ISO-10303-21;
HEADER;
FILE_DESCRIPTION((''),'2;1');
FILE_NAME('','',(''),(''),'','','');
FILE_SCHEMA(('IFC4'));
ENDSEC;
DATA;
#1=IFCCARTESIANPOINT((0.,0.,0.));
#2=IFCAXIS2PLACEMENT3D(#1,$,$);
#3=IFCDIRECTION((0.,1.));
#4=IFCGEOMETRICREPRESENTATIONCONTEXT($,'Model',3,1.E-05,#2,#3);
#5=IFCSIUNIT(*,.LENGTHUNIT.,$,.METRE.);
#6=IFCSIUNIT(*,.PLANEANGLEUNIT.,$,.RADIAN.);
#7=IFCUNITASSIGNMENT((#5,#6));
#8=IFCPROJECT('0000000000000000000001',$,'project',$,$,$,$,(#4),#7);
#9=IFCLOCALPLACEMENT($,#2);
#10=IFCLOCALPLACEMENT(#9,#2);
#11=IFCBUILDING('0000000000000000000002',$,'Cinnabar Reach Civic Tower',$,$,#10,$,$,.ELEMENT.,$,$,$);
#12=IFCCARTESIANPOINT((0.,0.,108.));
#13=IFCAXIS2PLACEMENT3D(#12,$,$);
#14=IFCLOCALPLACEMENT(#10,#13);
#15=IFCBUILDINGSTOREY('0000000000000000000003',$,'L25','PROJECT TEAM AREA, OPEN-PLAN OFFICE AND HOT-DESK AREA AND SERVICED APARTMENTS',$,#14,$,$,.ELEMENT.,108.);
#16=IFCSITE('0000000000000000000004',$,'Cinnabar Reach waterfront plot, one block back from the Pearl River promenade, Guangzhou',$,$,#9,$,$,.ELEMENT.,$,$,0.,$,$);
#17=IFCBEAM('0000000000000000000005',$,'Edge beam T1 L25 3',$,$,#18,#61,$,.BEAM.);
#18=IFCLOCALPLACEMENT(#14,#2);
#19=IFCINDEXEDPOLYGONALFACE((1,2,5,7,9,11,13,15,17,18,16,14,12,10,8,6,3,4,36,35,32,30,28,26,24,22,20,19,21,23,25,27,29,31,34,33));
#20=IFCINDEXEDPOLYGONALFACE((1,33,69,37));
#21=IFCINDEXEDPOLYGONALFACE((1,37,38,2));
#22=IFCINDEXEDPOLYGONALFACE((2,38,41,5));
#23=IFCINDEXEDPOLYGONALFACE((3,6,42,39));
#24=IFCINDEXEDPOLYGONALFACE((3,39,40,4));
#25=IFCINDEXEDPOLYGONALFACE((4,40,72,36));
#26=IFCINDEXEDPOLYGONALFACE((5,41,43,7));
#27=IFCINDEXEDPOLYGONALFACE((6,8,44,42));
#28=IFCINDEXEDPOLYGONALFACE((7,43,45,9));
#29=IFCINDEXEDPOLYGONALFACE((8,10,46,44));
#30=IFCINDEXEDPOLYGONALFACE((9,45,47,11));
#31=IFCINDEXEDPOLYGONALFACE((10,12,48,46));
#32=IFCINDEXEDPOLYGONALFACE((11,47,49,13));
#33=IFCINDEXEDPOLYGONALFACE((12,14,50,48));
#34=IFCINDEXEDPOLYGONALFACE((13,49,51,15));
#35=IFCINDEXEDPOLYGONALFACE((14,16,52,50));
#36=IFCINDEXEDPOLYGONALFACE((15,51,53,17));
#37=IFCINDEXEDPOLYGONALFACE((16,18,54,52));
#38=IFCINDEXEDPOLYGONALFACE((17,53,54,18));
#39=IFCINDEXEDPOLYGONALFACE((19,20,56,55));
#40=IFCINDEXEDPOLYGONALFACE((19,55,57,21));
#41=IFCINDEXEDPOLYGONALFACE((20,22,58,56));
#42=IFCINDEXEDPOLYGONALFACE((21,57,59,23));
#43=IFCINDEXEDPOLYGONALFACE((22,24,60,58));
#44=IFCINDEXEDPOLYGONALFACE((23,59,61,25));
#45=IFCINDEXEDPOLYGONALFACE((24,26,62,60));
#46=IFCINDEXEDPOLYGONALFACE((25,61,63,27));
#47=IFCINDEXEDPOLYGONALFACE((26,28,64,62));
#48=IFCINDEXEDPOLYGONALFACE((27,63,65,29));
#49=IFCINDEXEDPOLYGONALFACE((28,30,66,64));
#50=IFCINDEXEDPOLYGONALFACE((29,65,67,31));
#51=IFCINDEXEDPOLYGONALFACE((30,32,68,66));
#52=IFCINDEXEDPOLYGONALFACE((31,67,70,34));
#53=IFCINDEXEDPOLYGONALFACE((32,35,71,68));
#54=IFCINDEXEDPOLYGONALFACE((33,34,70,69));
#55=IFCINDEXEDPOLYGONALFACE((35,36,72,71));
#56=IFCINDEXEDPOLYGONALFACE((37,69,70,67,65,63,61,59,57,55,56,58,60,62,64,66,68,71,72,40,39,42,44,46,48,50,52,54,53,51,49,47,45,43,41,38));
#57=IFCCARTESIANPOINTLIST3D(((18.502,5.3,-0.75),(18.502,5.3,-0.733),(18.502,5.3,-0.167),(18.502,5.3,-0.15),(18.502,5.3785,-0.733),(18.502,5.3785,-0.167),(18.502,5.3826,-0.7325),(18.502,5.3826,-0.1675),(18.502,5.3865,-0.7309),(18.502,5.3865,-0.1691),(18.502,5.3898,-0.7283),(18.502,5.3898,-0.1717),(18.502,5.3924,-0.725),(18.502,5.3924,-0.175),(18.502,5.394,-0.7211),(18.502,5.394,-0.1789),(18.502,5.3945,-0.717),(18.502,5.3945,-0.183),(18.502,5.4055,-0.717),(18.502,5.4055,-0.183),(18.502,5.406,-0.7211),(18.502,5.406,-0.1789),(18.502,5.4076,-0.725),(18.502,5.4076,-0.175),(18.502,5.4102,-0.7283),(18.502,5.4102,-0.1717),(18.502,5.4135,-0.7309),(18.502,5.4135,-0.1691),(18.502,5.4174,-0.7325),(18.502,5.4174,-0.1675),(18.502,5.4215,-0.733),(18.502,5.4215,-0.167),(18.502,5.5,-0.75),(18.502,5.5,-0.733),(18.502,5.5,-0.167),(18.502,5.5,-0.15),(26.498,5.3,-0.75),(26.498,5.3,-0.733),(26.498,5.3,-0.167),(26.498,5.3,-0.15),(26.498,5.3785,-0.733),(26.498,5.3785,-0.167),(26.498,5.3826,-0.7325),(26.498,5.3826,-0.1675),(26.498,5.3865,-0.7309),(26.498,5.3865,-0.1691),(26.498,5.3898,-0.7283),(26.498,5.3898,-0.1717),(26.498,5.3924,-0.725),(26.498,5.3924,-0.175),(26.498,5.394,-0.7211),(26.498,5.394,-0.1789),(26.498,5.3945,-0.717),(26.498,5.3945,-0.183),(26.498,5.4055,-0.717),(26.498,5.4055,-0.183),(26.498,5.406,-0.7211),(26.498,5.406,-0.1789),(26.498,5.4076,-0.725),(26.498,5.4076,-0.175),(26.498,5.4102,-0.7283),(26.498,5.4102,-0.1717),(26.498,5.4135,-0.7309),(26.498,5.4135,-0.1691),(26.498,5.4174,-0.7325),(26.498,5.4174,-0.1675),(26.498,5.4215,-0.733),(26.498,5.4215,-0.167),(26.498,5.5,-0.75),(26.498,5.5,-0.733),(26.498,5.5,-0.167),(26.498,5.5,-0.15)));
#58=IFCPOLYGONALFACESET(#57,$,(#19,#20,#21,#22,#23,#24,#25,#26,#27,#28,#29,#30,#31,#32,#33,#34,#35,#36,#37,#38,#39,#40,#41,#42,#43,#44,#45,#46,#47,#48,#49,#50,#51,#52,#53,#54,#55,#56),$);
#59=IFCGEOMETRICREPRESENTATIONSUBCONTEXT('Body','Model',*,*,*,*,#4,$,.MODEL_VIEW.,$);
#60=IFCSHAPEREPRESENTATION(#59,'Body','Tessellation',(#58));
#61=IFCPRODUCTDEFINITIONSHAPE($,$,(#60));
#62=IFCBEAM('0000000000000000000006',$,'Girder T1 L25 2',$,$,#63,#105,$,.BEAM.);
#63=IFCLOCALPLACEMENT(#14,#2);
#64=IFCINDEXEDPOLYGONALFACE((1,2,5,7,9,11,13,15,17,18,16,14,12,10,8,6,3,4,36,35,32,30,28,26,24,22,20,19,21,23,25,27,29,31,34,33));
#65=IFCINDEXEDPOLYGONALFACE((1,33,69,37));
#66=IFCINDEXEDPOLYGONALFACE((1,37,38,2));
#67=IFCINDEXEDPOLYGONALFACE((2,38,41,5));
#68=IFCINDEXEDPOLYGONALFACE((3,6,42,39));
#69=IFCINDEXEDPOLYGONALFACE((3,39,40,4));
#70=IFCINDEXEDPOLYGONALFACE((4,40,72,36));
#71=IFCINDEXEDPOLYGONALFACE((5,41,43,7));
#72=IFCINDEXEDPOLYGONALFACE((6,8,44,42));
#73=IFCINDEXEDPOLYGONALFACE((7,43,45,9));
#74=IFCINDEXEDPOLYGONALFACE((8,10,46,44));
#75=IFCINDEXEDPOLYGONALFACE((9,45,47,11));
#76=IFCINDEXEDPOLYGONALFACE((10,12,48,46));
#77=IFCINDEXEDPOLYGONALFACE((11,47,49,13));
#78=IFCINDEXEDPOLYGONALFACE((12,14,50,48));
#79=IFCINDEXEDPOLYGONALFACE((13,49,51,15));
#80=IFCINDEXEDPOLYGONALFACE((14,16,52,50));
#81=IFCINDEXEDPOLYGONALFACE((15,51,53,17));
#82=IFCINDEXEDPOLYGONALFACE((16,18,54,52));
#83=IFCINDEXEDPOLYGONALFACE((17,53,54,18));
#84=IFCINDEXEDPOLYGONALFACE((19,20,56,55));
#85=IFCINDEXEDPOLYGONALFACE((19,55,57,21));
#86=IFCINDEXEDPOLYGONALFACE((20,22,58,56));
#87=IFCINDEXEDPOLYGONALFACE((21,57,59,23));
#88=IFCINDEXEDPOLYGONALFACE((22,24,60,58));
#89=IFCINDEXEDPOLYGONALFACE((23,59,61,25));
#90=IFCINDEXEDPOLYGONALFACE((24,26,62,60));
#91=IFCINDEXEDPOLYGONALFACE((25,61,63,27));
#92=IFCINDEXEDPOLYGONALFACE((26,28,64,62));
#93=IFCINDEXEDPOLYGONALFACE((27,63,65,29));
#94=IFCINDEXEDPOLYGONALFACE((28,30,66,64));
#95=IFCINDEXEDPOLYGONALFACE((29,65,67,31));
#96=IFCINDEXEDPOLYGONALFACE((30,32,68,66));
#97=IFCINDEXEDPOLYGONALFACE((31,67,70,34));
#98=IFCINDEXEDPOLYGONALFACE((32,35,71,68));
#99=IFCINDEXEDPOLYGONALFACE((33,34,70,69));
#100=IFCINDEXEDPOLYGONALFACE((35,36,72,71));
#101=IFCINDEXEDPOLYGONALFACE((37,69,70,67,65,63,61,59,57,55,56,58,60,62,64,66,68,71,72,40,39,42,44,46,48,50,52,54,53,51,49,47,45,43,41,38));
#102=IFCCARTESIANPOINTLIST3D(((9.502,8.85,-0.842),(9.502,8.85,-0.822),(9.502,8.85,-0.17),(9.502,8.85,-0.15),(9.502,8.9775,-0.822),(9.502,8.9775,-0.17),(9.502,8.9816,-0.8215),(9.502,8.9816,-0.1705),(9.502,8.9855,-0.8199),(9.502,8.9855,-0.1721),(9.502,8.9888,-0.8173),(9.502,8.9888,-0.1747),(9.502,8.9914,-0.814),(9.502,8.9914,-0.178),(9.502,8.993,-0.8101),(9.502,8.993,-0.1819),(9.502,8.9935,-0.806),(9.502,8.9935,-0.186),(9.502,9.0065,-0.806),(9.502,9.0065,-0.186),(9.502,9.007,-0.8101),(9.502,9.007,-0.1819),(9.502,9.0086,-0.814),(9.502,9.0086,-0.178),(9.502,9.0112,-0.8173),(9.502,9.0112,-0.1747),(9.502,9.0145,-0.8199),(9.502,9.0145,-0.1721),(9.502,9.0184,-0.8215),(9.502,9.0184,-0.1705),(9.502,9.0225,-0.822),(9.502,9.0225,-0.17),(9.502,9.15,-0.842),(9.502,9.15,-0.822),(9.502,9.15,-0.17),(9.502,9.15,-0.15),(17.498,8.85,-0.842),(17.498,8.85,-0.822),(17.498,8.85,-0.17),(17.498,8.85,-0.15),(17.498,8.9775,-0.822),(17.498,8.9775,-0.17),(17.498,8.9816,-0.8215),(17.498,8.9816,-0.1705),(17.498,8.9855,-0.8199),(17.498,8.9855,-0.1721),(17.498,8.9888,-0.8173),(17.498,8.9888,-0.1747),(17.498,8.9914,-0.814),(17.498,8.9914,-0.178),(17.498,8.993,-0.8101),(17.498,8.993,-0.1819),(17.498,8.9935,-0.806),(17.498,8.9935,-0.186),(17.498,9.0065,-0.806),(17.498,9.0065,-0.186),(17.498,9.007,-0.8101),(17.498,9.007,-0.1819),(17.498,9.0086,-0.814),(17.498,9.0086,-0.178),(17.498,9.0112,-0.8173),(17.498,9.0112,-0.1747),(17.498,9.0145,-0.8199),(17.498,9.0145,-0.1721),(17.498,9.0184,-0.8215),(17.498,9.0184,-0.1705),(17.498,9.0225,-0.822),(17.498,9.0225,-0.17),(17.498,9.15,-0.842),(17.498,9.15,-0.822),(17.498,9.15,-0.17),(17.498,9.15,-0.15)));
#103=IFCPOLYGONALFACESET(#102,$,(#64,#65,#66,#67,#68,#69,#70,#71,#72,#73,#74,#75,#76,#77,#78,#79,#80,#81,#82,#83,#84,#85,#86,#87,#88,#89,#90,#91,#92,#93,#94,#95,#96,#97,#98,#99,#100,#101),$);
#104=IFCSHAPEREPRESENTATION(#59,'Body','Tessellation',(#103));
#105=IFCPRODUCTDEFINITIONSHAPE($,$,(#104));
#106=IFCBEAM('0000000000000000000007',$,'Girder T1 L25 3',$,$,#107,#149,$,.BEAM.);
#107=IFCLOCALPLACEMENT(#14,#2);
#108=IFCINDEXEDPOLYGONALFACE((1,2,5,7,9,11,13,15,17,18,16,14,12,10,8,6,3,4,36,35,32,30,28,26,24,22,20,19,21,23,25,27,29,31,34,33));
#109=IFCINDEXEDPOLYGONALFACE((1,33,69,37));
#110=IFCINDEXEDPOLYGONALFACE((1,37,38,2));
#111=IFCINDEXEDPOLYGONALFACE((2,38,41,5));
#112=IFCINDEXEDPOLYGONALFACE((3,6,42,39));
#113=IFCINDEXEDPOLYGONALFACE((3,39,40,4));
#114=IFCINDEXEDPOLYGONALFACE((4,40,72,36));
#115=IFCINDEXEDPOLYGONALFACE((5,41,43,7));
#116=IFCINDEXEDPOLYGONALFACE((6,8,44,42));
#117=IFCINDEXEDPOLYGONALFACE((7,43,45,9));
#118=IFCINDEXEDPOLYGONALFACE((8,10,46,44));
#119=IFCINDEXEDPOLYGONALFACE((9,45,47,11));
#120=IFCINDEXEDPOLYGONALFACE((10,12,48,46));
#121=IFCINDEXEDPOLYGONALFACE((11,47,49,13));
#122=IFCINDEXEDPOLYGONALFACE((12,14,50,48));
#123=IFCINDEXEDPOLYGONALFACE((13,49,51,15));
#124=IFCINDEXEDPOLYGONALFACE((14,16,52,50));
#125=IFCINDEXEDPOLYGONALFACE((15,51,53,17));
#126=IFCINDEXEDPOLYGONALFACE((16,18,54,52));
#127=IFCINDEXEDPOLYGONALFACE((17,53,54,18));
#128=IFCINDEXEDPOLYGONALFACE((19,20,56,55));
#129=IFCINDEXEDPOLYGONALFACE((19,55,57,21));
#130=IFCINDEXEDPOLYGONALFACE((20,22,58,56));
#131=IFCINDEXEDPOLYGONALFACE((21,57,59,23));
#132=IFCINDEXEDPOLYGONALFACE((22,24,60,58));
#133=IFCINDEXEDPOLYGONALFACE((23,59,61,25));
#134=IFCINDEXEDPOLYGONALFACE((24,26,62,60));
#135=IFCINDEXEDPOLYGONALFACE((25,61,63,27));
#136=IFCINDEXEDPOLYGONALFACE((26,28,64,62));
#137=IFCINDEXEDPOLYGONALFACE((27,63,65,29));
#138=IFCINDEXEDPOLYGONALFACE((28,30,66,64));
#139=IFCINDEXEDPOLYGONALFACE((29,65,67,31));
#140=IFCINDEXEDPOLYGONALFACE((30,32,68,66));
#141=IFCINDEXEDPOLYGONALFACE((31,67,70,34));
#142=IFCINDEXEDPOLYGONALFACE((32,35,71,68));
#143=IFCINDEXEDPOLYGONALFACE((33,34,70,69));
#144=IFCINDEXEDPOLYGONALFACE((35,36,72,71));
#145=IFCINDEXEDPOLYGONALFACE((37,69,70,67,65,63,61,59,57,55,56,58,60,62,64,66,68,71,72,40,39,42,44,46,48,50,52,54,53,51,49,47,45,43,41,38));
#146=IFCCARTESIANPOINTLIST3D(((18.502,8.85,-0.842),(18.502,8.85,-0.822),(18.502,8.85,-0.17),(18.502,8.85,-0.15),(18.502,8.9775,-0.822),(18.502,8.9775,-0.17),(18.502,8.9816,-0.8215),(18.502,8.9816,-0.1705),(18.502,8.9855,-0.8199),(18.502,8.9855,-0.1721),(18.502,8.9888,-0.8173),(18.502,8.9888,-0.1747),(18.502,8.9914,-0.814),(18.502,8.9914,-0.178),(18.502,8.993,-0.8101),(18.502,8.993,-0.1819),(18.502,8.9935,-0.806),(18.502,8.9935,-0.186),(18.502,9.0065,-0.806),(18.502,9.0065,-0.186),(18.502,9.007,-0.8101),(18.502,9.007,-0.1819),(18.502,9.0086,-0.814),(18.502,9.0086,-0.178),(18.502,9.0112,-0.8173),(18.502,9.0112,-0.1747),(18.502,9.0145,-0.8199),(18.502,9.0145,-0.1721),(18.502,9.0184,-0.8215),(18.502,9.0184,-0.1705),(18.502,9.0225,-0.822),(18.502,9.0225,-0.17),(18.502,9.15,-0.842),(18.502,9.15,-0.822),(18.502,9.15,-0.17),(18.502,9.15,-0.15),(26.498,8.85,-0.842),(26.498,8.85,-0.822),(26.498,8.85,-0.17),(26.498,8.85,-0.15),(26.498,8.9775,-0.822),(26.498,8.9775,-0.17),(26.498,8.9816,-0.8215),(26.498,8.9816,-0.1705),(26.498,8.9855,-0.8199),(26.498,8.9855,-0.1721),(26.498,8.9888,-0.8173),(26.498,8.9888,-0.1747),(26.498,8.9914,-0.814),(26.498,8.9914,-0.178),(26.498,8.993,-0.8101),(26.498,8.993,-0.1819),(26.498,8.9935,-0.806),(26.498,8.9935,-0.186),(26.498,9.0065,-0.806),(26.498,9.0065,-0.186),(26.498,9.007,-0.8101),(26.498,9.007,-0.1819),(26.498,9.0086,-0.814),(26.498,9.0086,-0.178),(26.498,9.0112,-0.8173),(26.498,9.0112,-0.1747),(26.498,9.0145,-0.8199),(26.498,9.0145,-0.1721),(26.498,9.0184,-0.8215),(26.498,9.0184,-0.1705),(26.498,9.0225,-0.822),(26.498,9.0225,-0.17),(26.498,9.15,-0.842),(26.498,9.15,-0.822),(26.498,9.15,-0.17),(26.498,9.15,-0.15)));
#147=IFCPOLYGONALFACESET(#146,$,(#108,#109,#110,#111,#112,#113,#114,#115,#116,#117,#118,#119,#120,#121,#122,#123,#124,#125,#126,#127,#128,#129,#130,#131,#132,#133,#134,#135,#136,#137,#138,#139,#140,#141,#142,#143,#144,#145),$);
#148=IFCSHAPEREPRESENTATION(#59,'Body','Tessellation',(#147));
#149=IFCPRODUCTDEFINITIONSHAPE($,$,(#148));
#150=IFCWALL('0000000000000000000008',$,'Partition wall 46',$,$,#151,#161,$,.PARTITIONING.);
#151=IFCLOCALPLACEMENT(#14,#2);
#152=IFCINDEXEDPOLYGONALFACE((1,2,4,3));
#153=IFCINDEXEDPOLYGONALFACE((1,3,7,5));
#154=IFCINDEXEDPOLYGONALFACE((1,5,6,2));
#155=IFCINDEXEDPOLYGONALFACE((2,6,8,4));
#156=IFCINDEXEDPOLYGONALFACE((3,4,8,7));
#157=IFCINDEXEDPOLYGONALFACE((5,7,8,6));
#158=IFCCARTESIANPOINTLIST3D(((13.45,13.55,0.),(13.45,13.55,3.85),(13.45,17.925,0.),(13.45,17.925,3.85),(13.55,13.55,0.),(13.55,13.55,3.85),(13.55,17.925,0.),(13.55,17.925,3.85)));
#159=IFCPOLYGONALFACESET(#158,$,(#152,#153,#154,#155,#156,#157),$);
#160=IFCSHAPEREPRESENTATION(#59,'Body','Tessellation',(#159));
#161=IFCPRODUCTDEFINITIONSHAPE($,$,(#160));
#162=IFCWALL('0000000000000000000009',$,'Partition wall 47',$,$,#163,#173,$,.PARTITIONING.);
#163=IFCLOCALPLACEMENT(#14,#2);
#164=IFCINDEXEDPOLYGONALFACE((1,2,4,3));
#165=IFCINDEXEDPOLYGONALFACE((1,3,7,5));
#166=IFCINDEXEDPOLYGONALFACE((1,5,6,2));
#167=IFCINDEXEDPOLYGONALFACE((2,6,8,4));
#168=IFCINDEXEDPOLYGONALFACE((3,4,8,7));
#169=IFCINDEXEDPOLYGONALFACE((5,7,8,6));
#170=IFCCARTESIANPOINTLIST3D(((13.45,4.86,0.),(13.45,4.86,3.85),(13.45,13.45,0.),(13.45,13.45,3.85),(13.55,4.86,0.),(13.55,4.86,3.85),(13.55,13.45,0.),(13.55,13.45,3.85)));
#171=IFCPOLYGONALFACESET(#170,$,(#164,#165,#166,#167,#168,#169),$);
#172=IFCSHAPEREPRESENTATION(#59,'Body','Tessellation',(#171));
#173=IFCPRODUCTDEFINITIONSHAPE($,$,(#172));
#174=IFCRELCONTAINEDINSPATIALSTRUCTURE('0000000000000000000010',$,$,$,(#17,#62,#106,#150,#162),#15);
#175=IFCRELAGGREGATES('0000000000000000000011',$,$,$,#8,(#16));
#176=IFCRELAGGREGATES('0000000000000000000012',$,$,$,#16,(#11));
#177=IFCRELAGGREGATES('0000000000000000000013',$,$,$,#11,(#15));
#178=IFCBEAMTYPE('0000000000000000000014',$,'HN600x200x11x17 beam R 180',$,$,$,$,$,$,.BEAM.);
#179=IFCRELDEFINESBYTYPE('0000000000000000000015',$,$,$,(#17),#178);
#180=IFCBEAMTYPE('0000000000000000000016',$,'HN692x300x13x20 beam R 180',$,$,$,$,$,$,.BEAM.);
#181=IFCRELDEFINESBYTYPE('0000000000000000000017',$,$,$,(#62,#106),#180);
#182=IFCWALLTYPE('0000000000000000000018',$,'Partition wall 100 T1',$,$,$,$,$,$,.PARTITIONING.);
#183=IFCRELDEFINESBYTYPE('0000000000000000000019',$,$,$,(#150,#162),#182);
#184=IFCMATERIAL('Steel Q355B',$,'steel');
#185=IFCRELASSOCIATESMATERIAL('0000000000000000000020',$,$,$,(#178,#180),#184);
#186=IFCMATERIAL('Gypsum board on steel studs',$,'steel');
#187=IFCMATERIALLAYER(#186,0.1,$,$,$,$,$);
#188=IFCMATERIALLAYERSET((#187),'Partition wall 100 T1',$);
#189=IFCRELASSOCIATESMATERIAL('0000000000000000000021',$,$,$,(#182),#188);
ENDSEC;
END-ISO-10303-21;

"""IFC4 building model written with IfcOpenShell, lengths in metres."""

from ifc_helpers import new_model, si_unit, direction, frame, frame_2d, origin, origin_2d, place, context, subcontext, project, spatial, rectangle, i_section, extrude, material, layer, layer_set, material_profile, profile_set, type_object, element, save


model = new_model("IFC4")

# Units and contexts
model_context = context("Model", 3, precision=1e-05, world=origin(), true_north=direction((0.0, 1.0)))
body_context = subcontext(model_context, "Body", "Model", "MODEL_VIEW")
ifc_project = project(units=[si_unit("LENGTHUNIT", "METRE"), si_unit("PLANEANGLEUNIT", "RADIAN")], contexts=[model_context])

# Site, building, storey
site_placement = place(None, origin())
site = spatial("IfcSite", under=ifc_project, at=site_placement, Name="Cinnabar Reach waterfront plot, one block back from the Pearl River promenade, Guangzhou", CompositionType="ELEMENT", RefElevation=0.0)
building_placement = place(site_placement, origin())
building = spatial("IfcBuilding", under=site, at=building_placement, Name="Cinnabar Reach Civic Tower", CompositionType="ELEMENT")
storey_placement = place(building_placement, frame((0.0, 0.0, 108.0)))
storey = spatial("IfcBuildingStorey", under=building, at=storey_placement, Name="L25", Description="PROJECT TEAM AREA, OPEN-PLAN OFFICE AND HOT-DESK AREA AND SERVICED APARTMENTS", CompositionType="ELEMENT", Elevation=108.0)

# Beams
ifc_material_1 = material(Name="Steel Q355B", Category="steel")
ifc_material_profile_1 = material_profile(ifc_material_1, i_section(OverallWidth=0.2, OverallDepth=0.6, WebThickness=0.011, FlangeThickness=0.017, FilletRadius=0.016, at=origin_2d()), Name="HN600x200x11x17")
ifc_profile_set_1 = profile_set([ifc_material_profile_1], Name="Steel Q355B")
beam_type_1 = type_object("IfcBeamType", Name="HN600x200x11x17 beam R 180", PredefinedType="BEAM", material=ifc_profile_set_1)
for number, where, z_axis, x_axis, name in (
    (1, (18.502, 5.4, -0.45), (1.0, 0.0, 0.0), (0.0, 1.0, 0.0), "Edge beam T1 L25 3"),
):
    element("IfcBeam", number, at=place(storey_placement, frame(where, z_axis=z_axis, x_axis=x_axis)), inside=storey, type_object=beam_type_1, Name=name, PredefinedType="BEAM", context=body_context, shape_type="SweptSolid", body=[
        extrude(i_section(OverallWidth=0.2, OverallDepth=0.6, WebThickness=0.011, FlangeThickness=0.017, FilletRadius=0.016, at=origin_2d()), origin(), (0.0, 0.0, 1.0), 7.996),
    ])
ifc_material_profile_2 = material_profile(ifc_material_1, i_section(OverallWidth=0.3, OverallDepth=0.692, WebThickness=0.013, FlangeThickness=0.02, FilletRadius=0.016, at=origin_2d()), Name="HN692x300x13x20")
ifc_profile_set_2 = profile_set([ifc_material_profile_2], Name="Steel Q355B")
beam_type_2 = type_object("IfcBeamType", Name="HN692x300x13x20 beam R 180", PredefinedType="BEAM", material=ifc_profile_set_2)
for number, where, z_axis, x_axis, name in (
    (2, (9.502, 9.0, -0.496), (1.0, 0.0, 0.0), (0.0, 1.0, 0.0), "Girder T1 L25 2"),
    (3, (18.502, 9.0, -0.496), (1.0, 0.0, 0.0), (0.0, 1.0, 0.0), "Girder T1 L25 3"),
):
    element("IfcBeam", number, at=place(storey_placement, frame(where, z_axis=z_axis, x_axis=x_axis)), inside=storey, type_object=beam_type_2, Name=name, PredefinedType="BEAM", context=body_context, shape_type="SweptSolid", body=[
        extrude(i_section(OverallWidth=0.3, OverallDepth=0.692, WebThickness=0.013, FlangeThickness=0.02, FilletRadius=0.016, at=origin_2d()), origin(), (0.0, 0.0, 1.0), 7.996),
    ])

# Walls
ifc_material_2 = material(Name="Gypsum board on steel studs", Category="steel")
ifc_layer = layer(ifc_material_2, 0.1)
ifc_layer_set = layer_set([ifc_layer], Name="Partition wall 100 T1")
wall_type = type_object("IfcWallType", Name="Partition wall 100 T1", PredefinedType="PARTITIONING", material=ifc_layer_set)
wall_1_placement = place(storey_placement, frame((13.5, 13.55, 0.0), z_axis=(0.0, 0.0, 1.0), x_axis=(0.0, 1.0, 0.0)))
element("IfcWall", 4, at=wall_1_placement, inside=storey, type_object=wall_type, Name="Partition wall 46", PredefinedType="PARTITIONING", context=body_context, shape_type="SweptSolid", body=[
    extrude(rectangle(XDim=4.375, YDim=0.1, at=frame_2d((2.1875, 0.0))), origin(), (0.0, 0.0, 1.0), 3.85),
])
wall_2_placement = place(storey_placement, frame((13.5, 4.86, 0.0), z_axis=(0.0, 0.0, 1.0), x_axis=(0.0, 1.0, 0.0)))
element("IfcWall", 5, at=wall_2_placement, inside=storey, type_object=wall_type, Name="Partition wall 47", PredefinedType="PARTITIONING", context=body_context, shape_type="SweptSolid", body=[
    extrude(rectangle(XDim=8.59, YDim=0.1, at=frame_2d((4.295, 0.0))), origin(), (0.0, 0.0, 1.0), 3.85),
])

save(model, "model.ifc")
